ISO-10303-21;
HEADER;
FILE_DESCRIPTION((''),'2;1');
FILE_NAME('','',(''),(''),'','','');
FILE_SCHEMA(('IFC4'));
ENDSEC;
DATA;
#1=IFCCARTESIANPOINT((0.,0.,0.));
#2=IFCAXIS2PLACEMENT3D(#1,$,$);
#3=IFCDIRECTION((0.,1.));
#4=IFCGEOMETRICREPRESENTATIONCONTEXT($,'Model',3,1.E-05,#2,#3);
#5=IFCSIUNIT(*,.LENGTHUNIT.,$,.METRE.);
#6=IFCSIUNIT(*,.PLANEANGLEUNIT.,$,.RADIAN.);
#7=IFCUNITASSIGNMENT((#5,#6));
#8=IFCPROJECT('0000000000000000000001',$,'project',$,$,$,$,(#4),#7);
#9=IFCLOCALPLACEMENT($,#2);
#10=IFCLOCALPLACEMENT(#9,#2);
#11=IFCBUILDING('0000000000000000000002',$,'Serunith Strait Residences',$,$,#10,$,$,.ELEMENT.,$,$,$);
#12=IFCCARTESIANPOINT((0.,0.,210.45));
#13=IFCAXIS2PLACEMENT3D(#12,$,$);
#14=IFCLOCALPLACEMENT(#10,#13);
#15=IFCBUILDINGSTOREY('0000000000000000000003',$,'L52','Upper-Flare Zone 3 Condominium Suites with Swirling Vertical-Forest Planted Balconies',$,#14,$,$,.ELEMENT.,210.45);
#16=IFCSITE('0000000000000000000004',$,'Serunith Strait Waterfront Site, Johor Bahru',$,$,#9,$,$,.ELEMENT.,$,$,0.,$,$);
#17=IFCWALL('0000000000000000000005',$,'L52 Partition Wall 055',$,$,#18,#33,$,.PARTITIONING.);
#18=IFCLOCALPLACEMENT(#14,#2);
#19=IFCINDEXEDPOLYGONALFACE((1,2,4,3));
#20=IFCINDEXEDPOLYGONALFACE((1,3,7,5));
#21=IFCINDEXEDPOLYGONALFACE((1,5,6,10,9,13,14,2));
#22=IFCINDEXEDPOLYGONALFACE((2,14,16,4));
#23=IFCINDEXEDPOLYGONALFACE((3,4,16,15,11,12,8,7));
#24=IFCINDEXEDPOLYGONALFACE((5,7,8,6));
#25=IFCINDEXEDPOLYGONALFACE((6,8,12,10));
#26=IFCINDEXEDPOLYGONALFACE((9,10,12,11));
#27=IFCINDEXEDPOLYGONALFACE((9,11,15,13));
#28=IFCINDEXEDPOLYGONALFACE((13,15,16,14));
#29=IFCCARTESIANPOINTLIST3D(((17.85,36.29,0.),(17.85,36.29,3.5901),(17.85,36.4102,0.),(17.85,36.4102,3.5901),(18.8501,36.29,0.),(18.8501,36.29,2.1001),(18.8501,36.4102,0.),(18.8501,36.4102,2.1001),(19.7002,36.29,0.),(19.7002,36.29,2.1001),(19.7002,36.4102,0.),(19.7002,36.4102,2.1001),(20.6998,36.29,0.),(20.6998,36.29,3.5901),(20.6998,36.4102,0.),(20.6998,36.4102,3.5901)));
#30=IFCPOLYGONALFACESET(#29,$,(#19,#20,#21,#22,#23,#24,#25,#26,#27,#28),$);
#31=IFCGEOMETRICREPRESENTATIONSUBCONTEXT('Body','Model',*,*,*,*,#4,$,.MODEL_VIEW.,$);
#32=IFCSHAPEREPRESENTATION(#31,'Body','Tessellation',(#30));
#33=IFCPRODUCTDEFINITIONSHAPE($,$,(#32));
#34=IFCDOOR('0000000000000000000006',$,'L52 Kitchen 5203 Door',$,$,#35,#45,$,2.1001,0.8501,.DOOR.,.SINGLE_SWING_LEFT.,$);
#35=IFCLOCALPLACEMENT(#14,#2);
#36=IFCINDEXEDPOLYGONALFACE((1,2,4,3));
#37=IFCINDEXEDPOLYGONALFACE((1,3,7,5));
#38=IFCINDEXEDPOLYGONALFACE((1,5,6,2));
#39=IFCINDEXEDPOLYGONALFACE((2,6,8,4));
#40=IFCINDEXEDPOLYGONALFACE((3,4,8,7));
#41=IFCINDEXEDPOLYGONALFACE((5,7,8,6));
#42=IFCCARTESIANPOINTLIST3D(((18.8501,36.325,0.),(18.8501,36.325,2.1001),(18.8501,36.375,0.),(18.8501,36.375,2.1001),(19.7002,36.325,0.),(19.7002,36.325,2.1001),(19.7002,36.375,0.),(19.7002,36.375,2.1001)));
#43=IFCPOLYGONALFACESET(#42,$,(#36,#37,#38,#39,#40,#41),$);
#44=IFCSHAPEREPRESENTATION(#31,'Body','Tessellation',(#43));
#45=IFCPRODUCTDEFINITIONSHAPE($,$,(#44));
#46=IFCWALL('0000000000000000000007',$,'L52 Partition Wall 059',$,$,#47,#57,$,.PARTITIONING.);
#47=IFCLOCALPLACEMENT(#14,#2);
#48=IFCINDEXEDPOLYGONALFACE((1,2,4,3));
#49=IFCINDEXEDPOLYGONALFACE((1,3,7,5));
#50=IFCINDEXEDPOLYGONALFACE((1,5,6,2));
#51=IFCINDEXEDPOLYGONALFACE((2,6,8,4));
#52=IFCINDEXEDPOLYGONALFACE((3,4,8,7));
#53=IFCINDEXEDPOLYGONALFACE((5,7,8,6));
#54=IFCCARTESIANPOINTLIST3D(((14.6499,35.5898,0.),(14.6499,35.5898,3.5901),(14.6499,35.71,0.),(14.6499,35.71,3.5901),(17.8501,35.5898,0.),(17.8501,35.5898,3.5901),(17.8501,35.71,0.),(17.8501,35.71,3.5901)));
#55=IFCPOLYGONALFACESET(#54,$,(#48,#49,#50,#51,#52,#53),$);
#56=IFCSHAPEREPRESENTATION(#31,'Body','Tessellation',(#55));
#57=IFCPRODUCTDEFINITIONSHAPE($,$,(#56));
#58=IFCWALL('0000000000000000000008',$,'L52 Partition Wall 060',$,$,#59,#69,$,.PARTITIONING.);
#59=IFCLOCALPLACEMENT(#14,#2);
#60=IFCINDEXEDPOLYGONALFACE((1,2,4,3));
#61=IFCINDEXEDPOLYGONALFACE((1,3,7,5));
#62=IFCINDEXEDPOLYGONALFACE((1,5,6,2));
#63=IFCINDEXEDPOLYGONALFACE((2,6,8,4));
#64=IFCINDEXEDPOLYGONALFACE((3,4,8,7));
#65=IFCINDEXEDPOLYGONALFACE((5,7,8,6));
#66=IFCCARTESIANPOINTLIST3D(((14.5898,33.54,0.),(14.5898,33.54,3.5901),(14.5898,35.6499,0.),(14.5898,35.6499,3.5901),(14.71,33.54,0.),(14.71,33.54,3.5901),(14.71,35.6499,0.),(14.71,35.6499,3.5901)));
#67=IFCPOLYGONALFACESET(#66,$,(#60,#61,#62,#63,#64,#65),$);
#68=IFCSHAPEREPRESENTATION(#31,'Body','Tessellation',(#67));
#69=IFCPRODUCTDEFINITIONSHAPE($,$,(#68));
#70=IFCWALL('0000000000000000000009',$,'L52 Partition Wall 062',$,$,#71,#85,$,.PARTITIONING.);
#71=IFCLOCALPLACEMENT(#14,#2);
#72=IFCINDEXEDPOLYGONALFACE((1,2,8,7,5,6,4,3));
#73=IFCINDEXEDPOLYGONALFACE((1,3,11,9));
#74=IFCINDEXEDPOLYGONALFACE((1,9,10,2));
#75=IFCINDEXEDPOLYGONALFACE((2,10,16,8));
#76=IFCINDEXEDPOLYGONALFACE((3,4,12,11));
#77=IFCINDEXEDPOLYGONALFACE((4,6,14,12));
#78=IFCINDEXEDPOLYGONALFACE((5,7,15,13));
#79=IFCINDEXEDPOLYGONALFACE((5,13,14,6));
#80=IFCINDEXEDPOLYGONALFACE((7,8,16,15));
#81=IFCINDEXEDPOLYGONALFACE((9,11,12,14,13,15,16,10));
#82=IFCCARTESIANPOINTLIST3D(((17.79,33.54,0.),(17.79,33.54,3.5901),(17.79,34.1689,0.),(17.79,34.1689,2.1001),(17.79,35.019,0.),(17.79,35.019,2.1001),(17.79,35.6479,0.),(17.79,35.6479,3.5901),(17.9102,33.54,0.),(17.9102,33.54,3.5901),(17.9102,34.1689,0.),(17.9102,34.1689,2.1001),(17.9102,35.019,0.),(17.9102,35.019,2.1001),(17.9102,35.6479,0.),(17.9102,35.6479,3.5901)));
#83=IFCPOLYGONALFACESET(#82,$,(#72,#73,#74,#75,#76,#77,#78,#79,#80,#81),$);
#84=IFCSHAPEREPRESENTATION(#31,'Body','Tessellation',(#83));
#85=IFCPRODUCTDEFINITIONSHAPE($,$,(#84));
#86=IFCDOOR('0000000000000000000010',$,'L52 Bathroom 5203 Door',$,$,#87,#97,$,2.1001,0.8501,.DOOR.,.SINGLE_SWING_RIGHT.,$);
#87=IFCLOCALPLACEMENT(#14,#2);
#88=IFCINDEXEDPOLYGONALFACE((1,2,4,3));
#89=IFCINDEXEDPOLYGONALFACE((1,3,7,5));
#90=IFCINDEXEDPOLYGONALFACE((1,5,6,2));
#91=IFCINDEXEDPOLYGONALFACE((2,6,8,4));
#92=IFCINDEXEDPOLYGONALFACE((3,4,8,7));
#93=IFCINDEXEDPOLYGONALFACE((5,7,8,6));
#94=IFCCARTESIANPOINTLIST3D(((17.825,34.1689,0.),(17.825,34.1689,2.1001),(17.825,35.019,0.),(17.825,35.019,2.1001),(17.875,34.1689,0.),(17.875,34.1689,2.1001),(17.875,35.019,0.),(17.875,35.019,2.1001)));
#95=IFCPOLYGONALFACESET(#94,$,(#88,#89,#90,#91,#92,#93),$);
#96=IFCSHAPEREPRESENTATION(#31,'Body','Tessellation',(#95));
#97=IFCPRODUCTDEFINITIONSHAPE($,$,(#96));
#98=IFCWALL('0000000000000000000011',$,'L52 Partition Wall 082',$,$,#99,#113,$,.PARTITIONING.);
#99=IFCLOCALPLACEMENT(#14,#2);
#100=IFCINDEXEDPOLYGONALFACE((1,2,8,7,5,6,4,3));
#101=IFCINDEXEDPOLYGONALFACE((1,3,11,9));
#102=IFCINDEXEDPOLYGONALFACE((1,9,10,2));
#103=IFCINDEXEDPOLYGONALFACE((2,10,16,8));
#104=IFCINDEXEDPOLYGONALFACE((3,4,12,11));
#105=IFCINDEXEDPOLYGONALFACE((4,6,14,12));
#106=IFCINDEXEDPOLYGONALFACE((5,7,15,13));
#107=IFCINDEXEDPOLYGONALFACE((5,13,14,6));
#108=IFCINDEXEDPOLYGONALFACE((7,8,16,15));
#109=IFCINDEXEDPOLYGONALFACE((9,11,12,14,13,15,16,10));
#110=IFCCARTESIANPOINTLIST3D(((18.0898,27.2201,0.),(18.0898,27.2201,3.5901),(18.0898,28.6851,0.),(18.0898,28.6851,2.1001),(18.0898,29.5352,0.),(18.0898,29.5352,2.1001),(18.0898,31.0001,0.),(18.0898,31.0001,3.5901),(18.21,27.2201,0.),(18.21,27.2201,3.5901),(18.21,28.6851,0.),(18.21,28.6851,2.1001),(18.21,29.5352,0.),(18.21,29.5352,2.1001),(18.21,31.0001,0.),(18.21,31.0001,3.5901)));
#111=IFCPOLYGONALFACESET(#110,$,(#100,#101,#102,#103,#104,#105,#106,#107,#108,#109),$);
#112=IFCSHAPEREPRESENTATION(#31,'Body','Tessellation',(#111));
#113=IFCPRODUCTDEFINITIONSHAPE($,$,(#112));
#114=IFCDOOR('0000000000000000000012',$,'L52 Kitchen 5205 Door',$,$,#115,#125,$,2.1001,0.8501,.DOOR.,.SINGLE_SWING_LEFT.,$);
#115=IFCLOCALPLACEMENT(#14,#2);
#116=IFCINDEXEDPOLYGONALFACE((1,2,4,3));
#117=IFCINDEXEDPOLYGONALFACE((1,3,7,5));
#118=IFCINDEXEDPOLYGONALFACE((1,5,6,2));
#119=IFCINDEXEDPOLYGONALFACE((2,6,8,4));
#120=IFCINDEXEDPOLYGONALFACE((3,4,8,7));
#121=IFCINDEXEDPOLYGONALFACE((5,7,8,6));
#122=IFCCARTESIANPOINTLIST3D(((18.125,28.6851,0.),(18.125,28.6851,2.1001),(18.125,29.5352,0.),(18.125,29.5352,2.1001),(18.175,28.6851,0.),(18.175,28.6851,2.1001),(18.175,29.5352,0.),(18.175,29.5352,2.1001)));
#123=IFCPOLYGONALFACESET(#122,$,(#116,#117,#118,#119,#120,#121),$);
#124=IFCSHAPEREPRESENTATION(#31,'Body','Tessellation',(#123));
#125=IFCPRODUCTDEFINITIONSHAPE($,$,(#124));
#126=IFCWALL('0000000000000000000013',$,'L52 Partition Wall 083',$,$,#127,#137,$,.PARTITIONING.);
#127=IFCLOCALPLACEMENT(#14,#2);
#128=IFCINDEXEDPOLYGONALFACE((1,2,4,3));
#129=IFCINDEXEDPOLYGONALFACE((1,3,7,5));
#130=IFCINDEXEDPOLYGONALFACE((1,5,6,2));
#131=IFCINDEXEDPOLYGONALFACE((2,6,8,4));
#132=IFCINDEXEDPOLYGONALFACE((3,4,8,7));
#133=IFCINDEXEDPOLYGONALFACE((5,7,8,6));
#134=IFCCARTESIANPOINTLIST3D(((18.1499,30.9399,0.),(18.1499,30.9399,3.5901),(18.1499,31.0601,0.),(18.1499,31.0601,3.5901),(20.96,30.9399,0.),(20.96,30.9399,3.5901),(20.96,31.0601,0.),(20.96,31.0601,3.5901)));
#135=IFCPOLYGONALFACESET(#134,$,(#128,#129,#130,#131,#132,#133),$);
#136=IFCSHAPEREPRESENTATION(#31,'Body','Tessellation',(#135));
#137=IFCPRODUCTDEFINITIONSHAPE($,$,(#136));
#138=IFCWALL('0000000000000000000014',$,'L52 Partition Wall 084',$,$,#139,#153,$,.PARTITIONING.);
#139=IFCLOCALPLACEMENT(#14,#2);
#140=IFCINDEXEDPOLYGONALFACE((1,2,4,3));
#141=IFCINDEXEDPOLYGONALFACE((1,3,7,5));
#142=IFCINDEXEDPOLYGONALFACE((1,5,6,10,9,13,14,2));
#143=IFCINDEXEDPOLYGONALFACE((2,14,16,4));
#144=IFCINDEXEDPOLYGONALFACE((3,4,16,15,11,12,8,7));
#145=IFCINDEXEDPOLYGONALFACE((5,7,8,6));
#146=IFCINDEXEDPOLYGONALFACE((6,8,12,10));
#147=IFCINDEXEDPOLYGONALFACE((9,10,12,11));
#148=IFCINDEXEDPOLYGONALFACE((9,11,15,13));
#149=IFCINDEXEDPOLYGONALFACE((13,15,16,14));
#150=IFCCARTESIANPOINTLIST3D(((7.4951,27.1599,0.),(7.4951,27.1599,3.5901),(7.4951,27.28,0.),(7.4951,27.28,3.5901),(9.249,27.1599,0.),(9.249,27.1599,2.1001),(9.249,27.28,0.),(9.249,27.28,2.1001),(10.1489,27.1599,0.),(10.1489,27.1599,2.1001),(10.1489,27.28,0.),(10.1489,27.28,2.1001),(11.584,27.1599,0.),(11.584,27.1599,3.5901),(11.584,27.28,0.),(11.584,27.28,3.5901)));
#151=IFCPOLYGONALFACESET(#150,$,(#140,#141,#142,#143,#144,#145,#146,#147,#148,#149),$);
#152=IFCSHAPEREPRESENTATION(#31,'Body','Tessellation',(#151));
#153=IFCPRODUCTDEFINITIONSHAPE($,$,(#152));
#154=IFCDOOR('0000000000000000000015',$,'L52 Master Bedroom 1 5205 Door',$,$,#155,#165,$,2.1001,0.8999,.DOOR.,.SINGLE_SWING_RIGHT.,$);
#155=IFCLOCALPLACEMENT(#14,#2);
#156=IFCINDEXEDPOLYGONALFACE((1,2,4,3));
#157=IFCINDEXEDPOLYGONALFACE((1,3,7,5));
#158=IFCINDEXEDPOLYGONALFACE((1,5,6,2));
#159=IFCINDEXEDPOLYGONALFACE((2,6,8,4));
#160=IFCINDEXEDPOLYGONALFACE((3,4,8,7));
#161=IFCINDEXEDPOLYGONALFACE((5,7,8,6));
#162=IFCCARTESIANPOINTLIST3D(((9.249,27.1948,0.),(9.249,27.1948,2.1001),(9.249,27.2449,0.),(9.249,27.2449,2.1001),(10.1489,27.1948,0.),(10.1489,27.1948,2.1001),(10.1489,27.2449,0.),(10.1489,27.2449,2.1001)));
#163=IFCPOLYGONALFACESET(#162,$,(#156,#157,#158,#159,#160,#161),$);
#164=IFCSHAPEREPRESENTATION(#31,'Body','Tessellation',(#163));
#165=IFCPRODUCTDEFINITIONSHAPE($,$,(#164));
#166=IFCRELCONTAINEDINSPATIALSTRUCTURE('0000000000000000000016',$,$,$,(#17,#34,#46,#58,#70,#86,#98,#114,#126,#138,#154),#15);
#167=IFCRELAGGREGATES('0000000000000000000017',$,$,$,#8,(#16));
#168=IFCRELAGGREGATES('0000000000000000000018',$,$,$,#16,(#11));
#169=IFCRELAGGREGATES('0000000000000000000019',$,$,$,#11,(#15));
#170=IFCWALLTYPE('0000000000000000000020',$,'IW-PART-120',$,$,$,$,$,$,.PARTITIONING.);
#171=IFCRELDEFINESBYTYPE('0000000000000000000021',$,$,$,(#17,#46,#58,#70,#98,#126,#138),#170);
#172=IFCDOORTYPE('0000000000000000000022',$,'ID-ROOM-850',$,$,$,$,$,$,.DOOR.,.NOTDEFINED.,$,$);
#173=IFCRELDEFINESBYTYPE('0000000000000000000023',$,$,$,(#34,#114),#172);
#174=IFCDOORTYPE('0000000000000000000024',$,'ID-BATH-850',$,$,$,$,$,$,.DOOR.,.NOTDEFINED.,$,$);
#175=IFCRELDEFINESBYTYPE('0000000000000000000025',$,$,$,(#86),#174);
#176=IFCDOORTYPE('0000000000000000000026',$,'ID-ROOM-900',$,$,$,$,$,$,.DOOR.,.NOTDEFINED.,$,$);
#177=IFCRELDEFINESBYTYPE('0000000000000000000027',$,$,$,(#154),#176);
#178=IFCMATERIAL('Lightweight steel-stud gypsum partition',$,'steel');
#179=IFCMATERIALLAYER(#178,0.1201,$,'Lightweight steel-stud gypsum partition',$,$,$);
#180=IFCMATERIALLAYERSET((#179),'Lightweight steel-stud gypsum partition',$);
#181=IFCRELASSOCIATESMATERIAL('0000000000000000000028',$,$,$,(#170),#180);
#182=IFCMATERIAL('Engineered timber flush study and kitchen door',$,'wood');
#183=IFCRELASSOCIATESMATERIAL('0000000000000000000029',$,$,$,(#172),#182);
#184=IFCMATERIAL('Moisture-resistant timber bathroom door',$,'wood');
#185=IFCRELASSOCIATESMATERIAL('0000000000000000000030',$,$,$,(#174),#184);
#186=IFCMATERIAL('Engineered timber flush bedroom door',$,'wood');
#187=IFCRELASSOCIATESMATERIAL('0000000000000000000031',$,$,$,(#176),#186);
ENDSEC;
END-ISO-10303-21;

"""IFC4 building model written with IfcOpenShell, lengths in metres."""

from ifc_helpers import new_model, si_unit, direction, frame, frame_2d, origin, place, context, subcontext, project, spatial, rectangle, extrude, source, transform, mapped, material, layer, layer_set, type_object, element, fill, save


model = new_model("IFC4")

# Units and contexts
model_context = context("Model", 3, precision=1e-05, world=origin(), true_north=direction((0.0, 1.0)))
body_context = subcontext(model_context, "Body", "Model", "MODEL_VIEW")
ifc_project = project(units=[si_unit("LENGTHUNIT", "METRE"), si_unit("PLANEANGLEUNIT", "RADIAN")], contexts=[model_context])

# Site, building, storey
site_placement = place(None, origin())
site = spatial("IfcSite", under=ifc_project, at=site_placement, Name="Serunith Strait Waterfront Site, Johor Bahru", CompositionType="ELEMENT", RefElevation=0.0)
building_placement = place(site_placement, origin())
building = spatial("IfcBuilding", under=site, at=building_placement, Name="Serunith Strait Residences", CompositionType="ELEMENT")
storey_placement = place(building_placement, frame((0.0, 0.0, 210.45)))
storey = spatial("IfcBuildingStorey", under=building, at=storey_placement, Name="L52", Description="Upper-Flare Zone 3 Condominium Suites with Swirling Vertical-Forest Planted Balconies", CompositionType="ELEMENT", Elevation=210.45)

# Wall, opening, door
ifc_material_1 = material(Name="Lightweight steel-stud gypsum partition", Category="steel")
ifc_layer_1 = layer(ifc_material_1, 0.1201, Name="Lightweight steel-stud gypsum partition")
ifc_layer_set_1 = layer_set([ifc_layer_1], Name="Lightweight steel-stud gypsum partition")
wall_type_1 = type_object("IfcWallType", Name="IW-PART-120", PredefinedType="PARTITIONING", material=ifc_layer_set_1)
wall_1_placement = place(storey_placement, frame((17.8501, 36.3501, 0.0), z_axis=(0.0, 0.0, 1.0), x_axis=(1.0, 0.0, 0.0)))
wall_1 = element("IfcWall", 1, at=wall_1_placement, inside=storey, type_object=wall_type_1, Name="L52 Partition Wall 055", PredefinedType="PARTITIONING", context=body_context, shape_type="SweptSolid", body=[
    extrude(rectangle(XDim=2.8499, YDim=0.1201, at=frame_2d((1.4248, 0.0))), origin(), (0.0, 0.0, 1.0), 3.5901),
])
opening_1_placement = place(wall_1_placement, frame((1.0, 0.0, 0.0)))
opening_1 = element("IfcOpeningElement", 2, at=opening_1_placement, cuts=wall_1, PredefinedType="OPENING", context=body_context, shape_type="SweptSolid", body=[
    extrude(rectangle(XDim=0.8501, YDim=2.1001, at=frame_2d((0.425, 1.05))), frame((0.0, 0.0701, 0.0), z_axis=(0.0, -1.0, 0.0), x_axis=(1.0, 0.0, 0.0)), (0.0, 0.0, 1.0), 0.1401),
])
ifc_material_2 = material(Name="Engineered timber flush study and kitchen door", Category="wood")
door_type_1 = type_object("IfcDoorType", Name="ID-ROOM-850", OperationType="NOTDEFINED", PredefinedType="DOOR", material=ifc_material_2)
shared_shape_1 = source(origin(), body_context, "Body", "SweptSolid", [
    extrude(rectangle(XDim=0.8501, YDim=2.1001, at=frame_2d((0.425, 1.05))), frame((0.0, 0.0249, 0.0), z_axis=(0.0, -1.0, 0.0), x_axis=(1.0, 0.0, 0.0)), (0.0, 0.0, 1.0), 0.05),
])
door_1_placement = place(opening_1_placement, origin())
door_1 = element("IfcDoor", 3, at=door_1_placement, inside=storey, type_object=door_type_1, Name="L52 Kitchen 5203 Door", OperationType="SINGLE_SWING_LEFT", OverallHeight=2.1001, OverallWidth=0.8501, PredefinedType="DOOR", context=body_context, shape_type="MappedRepresentation", body=[
    mapped(shared_shape_1, transform((0.0, 0.0, 0.0), scale=1.0)),
])
fill(opening_1, door_1)

# Walls
wall_2_placement = place(storey_placement, frame((14.6499, 35.6499, 0.0), z_axis=(0.0, 0.0, 1.0), x_axis=(1.0, 0.0, 0.0)))
element("IfcWall", 4, at=wall_2_placement, inside=storey, type_object=wall_type_1, Name="L52 Partition Wall 059", PredefinedType="PARTITIONING", context=body_context, shape_type="SweptSolid", body=[
    extrude(rectangle(XDim=3.2002, YDim=0.1201, at=frame_2d((1.6001, 0.0))), origin(), (0.0, 0.0, 1.0), 3.5901),
])
wall_3_placement = place(storey_placement, frame((14.6499, 35.6499, 0.0), z_axis=(0.0, 0.0, 1.0), x_axis=(0.0, -1.0, 0.0)))
element("IfcWall", 5, at=wall_3_placement, inside=storey, type_object=wall_type_1, Name="L52 Partition Wall 060", PredefinedType="PARTITIONING", context=body_context, shape_type="SweptSolid", body=[
    extrude(rectangle(XDim=2.1099, YDim=0.1201, at=frame_2d((1.0549, 0.0))), origin(), (0.0, 0.0, 1.0), 3.5901),
])

# Walls, openings, doors
wall_4_placement = place(storey_placement, frame((17.8501, 35.6479, 0.0), z_axis=(0.0, 0.0, 1.0), x_axis=(0.0, -1.0, 0.0)))
wall_4 = element("IfcWall", 6, at=wall_4_placement, inside=storey, type_object=wall_type_1, Name="L52 Partition Wall 062", PredefinedType="PARTITIONING", context=body_context, shape_type="SweptSolid", body=[
    extrude(rectangle(XDim=2.1079, YDim=0.1201, at=frame_2d((1.054, 0.0))), origin(), (0.0, 0.0, 1.0), 3.5901),
])
opening_2_placement = place(wall_4_placement, frame((0.6289, 0.0, 0.0)))
opening_2 = element("IfcOpeningElement", 7, at=opening_2_placement, cuts=wall_4, PredefinedType="OPENING", context=body_context, shape_type="SweptSolid", body=[
    extrude(rectangle(XDim=0.8501, YDim=2.1001, at=frame_2d((0.425, 1.05))), frame((0.0, 0.0701, 0.0), z_axis=(0.0, -1.0, 0.0), x_axis=(1.0, 0.0, 0.0)), (0.0, 0.0, 1.0), 0.1401),
])
ifc_material_3 = material(Name="Moisture-resistant timber bathroom door", Category="wood")
door_type_2 = type_object("IfcDoorType", Name="ID-BATH-850", OperationType="NOTDEFINED", PredefinedType="DOOR", material=ifc_material_3)
door_2_placement = place(opening_2_placement, origin())
door_2 = element("IfcDoor", 8, at=door_2_placement, inside=storey, type_object=door_type_2, Name="L52 Bathroom 5203 Door", OperationType="SINGLE_SWING_RIGHT", OverallHeight=2.1001, OverallWidth=0.8501, PredefinedType="DOOR", context=body_context, shape_type="MappedRepresentation", body=[
    mapped(shared_shape_1, transform((0.0, 0.0, 0.0), scale=1.0)),
])
fill(opening_2, door_2)
wall_5_placement = place(storey_placement, frame((18.1499, 27.22, 0.0), z_axis=(0.0, 0.0, 1.0), x_axis=(0.0, 1.0, 0.0)))
wall_5 = element("IfcWall", 9, at=wall_5_placement, inside=storey, type_object=wall_type_1, Name="L52 Partition Wall 082", PredefinedType="PARTITIONING", context=body_context, shape_type="SweptSolid", body=[
    extrude(rectangle(XDim=3.78, YDim=0.1201, at=frame_2d((1.8901, 0.0))), origin(), (0.0, 0.0, 1.0), 3.5901),
])
opening_3_placement = place(wall_5_placement, frame((1.4651, 0.0, 0.0)))
opening_3 = element("IfcOpeningElement", 10, at=opening_3_placement, cuts=wall_5, PredefinedType="OPENING", context=body_context, shape_type="SweptSolid", body=[
    extrude(rectangle(XDim=0.8501, YDim=2.1001, at=frame_2d((0.425, 1.05))), frame((0.0, 0.0701, 0.0), z_axis=(0.0, -1.0, 0.0), x_axis=(1.0, 0.0, 0.0)), (0.0, 0.0, 1.0), 0.1401),
])
door_3_placement = place(opening_3_placement, origin())
door_3 = element("IfcDoor", 11, at=door_3_placement, inside=storey, type_object=door_type_1, Name="L52 Kitchen 5205 Door", OperationType="SINGLE_SWING_LEFT", OverallHeight=2.1001, OverallWidth=0.8501, PredefinedType="DOOR", context=body_context, shape_type="MappedRepresentation", body=[
    mapped(shared_shape_1, transform((0.0, 0.0, 0.0), scale=1.0)),
])
fill(opening_3, door_3)

# Wall
wall_6_placement = place(storey_placement, frame((18.1499, 31.0, 0.0), z_axis=(0.0, 0.0, 1.0), x_axis=(1.0, 0.0, 0.0)))
element("IfcWall", 12, at=wall_6_placement, inside=storey, type_object=wall_type_1, Name="L52 Partition Wall 083", PredefinedType="PARTITIONING", context=body_context, shape_type="SweptSolid", body=[
    extrude(rectangle(XDim=2.8101, YDim=0.1201, at=frame_2d((1.405, 0.0))), origin(), (0.0, 0.0, 1.0), 3.5901),
])

# Wall, opening, door
wall_7_placement = place(storey_placement, frame((7.4951, 27.22, 0.0), z_axis=(0.0, 0.0, 1.0), x_axis=(1.0, 0.0, 0.0)))
wall_7 = element("IfcWall", 13, at=wall_7_placement, inside=storey, type_object=wall_type_1, Name="L52 Partition Wall 084", PredefinedType="PARTITIONING", context=body_context, shape_type="SweptSolid", body=[
    extrude(rectangle(XDim=4.0889, YDim=0.1201, at=frame_2d((2.0444, 0.0))), origin(), (0.0, 0.0, 1.0), 3.5901),
])
opening_4_placement = place(wall_7_placement, frame((1.7539, 0.0, 0.0)))
opening_4 = element("IfcOpeningElement", 14, at=opening_4_placement, cuts=wall_7, PredefinedType="OPENING", context=body_context, shape_type="SweptSolid", body=[
    extrude(rectangle(XDim=0.8999, YDim=2.1001, at=frame_2d((0.45, 1.05))), frame((0.0, 0.0701, 0.0), z_axis=(0.0, -1.0, 0.0), x_axis=(1.0, 0.0, 0.0)), (0.0, 0.0, 1.0), 0.1401),
])
ifc_material_4 = material(Name="Engineered timber flush bedroom door", Category="wood")
door_type_3 = type_object("IfcDoorType", Name="ID-ROOM-900", OperationType="NOTDEFINED", PredefinedType="DOOR", material=ifc_material_4)
shared_shape_2 = source(origin(), body_context, "Body", "SweptSolid", [
    extrude(rectangle(XDim=0.8999, YDim=2.1001, at=frame_2d((0.45, 1.05))), frame((0.0, 0.0249, 0.0), z_axis=(0.0, -1.0, 0.0), x_axis=(1.0, 0.0, 0.0)), (0.0, 0.0, 1.0), 0.05),
])
door_4_placement = place(opening_4_placement, origin())
door_4 = element("IfcDoor", 15, at=door_4_placement, inside=storey, type_object=door_type_3, Name="L52 Master Bedroom 1 5205 Door", OperationType="SINGLE_SWING_RIGHT", OverallHeight=2.1001, OverallWidth=0.8999, PredefinedType="DOOR", context=body_context, shape_type="MappedRepresentation", body=[
    mapped(shared_shape_2, transform((0.0, 0.0, 0.0), scale=1.0)),
])
fill(opening_4, door_4)

save(model, "model.ifc")
